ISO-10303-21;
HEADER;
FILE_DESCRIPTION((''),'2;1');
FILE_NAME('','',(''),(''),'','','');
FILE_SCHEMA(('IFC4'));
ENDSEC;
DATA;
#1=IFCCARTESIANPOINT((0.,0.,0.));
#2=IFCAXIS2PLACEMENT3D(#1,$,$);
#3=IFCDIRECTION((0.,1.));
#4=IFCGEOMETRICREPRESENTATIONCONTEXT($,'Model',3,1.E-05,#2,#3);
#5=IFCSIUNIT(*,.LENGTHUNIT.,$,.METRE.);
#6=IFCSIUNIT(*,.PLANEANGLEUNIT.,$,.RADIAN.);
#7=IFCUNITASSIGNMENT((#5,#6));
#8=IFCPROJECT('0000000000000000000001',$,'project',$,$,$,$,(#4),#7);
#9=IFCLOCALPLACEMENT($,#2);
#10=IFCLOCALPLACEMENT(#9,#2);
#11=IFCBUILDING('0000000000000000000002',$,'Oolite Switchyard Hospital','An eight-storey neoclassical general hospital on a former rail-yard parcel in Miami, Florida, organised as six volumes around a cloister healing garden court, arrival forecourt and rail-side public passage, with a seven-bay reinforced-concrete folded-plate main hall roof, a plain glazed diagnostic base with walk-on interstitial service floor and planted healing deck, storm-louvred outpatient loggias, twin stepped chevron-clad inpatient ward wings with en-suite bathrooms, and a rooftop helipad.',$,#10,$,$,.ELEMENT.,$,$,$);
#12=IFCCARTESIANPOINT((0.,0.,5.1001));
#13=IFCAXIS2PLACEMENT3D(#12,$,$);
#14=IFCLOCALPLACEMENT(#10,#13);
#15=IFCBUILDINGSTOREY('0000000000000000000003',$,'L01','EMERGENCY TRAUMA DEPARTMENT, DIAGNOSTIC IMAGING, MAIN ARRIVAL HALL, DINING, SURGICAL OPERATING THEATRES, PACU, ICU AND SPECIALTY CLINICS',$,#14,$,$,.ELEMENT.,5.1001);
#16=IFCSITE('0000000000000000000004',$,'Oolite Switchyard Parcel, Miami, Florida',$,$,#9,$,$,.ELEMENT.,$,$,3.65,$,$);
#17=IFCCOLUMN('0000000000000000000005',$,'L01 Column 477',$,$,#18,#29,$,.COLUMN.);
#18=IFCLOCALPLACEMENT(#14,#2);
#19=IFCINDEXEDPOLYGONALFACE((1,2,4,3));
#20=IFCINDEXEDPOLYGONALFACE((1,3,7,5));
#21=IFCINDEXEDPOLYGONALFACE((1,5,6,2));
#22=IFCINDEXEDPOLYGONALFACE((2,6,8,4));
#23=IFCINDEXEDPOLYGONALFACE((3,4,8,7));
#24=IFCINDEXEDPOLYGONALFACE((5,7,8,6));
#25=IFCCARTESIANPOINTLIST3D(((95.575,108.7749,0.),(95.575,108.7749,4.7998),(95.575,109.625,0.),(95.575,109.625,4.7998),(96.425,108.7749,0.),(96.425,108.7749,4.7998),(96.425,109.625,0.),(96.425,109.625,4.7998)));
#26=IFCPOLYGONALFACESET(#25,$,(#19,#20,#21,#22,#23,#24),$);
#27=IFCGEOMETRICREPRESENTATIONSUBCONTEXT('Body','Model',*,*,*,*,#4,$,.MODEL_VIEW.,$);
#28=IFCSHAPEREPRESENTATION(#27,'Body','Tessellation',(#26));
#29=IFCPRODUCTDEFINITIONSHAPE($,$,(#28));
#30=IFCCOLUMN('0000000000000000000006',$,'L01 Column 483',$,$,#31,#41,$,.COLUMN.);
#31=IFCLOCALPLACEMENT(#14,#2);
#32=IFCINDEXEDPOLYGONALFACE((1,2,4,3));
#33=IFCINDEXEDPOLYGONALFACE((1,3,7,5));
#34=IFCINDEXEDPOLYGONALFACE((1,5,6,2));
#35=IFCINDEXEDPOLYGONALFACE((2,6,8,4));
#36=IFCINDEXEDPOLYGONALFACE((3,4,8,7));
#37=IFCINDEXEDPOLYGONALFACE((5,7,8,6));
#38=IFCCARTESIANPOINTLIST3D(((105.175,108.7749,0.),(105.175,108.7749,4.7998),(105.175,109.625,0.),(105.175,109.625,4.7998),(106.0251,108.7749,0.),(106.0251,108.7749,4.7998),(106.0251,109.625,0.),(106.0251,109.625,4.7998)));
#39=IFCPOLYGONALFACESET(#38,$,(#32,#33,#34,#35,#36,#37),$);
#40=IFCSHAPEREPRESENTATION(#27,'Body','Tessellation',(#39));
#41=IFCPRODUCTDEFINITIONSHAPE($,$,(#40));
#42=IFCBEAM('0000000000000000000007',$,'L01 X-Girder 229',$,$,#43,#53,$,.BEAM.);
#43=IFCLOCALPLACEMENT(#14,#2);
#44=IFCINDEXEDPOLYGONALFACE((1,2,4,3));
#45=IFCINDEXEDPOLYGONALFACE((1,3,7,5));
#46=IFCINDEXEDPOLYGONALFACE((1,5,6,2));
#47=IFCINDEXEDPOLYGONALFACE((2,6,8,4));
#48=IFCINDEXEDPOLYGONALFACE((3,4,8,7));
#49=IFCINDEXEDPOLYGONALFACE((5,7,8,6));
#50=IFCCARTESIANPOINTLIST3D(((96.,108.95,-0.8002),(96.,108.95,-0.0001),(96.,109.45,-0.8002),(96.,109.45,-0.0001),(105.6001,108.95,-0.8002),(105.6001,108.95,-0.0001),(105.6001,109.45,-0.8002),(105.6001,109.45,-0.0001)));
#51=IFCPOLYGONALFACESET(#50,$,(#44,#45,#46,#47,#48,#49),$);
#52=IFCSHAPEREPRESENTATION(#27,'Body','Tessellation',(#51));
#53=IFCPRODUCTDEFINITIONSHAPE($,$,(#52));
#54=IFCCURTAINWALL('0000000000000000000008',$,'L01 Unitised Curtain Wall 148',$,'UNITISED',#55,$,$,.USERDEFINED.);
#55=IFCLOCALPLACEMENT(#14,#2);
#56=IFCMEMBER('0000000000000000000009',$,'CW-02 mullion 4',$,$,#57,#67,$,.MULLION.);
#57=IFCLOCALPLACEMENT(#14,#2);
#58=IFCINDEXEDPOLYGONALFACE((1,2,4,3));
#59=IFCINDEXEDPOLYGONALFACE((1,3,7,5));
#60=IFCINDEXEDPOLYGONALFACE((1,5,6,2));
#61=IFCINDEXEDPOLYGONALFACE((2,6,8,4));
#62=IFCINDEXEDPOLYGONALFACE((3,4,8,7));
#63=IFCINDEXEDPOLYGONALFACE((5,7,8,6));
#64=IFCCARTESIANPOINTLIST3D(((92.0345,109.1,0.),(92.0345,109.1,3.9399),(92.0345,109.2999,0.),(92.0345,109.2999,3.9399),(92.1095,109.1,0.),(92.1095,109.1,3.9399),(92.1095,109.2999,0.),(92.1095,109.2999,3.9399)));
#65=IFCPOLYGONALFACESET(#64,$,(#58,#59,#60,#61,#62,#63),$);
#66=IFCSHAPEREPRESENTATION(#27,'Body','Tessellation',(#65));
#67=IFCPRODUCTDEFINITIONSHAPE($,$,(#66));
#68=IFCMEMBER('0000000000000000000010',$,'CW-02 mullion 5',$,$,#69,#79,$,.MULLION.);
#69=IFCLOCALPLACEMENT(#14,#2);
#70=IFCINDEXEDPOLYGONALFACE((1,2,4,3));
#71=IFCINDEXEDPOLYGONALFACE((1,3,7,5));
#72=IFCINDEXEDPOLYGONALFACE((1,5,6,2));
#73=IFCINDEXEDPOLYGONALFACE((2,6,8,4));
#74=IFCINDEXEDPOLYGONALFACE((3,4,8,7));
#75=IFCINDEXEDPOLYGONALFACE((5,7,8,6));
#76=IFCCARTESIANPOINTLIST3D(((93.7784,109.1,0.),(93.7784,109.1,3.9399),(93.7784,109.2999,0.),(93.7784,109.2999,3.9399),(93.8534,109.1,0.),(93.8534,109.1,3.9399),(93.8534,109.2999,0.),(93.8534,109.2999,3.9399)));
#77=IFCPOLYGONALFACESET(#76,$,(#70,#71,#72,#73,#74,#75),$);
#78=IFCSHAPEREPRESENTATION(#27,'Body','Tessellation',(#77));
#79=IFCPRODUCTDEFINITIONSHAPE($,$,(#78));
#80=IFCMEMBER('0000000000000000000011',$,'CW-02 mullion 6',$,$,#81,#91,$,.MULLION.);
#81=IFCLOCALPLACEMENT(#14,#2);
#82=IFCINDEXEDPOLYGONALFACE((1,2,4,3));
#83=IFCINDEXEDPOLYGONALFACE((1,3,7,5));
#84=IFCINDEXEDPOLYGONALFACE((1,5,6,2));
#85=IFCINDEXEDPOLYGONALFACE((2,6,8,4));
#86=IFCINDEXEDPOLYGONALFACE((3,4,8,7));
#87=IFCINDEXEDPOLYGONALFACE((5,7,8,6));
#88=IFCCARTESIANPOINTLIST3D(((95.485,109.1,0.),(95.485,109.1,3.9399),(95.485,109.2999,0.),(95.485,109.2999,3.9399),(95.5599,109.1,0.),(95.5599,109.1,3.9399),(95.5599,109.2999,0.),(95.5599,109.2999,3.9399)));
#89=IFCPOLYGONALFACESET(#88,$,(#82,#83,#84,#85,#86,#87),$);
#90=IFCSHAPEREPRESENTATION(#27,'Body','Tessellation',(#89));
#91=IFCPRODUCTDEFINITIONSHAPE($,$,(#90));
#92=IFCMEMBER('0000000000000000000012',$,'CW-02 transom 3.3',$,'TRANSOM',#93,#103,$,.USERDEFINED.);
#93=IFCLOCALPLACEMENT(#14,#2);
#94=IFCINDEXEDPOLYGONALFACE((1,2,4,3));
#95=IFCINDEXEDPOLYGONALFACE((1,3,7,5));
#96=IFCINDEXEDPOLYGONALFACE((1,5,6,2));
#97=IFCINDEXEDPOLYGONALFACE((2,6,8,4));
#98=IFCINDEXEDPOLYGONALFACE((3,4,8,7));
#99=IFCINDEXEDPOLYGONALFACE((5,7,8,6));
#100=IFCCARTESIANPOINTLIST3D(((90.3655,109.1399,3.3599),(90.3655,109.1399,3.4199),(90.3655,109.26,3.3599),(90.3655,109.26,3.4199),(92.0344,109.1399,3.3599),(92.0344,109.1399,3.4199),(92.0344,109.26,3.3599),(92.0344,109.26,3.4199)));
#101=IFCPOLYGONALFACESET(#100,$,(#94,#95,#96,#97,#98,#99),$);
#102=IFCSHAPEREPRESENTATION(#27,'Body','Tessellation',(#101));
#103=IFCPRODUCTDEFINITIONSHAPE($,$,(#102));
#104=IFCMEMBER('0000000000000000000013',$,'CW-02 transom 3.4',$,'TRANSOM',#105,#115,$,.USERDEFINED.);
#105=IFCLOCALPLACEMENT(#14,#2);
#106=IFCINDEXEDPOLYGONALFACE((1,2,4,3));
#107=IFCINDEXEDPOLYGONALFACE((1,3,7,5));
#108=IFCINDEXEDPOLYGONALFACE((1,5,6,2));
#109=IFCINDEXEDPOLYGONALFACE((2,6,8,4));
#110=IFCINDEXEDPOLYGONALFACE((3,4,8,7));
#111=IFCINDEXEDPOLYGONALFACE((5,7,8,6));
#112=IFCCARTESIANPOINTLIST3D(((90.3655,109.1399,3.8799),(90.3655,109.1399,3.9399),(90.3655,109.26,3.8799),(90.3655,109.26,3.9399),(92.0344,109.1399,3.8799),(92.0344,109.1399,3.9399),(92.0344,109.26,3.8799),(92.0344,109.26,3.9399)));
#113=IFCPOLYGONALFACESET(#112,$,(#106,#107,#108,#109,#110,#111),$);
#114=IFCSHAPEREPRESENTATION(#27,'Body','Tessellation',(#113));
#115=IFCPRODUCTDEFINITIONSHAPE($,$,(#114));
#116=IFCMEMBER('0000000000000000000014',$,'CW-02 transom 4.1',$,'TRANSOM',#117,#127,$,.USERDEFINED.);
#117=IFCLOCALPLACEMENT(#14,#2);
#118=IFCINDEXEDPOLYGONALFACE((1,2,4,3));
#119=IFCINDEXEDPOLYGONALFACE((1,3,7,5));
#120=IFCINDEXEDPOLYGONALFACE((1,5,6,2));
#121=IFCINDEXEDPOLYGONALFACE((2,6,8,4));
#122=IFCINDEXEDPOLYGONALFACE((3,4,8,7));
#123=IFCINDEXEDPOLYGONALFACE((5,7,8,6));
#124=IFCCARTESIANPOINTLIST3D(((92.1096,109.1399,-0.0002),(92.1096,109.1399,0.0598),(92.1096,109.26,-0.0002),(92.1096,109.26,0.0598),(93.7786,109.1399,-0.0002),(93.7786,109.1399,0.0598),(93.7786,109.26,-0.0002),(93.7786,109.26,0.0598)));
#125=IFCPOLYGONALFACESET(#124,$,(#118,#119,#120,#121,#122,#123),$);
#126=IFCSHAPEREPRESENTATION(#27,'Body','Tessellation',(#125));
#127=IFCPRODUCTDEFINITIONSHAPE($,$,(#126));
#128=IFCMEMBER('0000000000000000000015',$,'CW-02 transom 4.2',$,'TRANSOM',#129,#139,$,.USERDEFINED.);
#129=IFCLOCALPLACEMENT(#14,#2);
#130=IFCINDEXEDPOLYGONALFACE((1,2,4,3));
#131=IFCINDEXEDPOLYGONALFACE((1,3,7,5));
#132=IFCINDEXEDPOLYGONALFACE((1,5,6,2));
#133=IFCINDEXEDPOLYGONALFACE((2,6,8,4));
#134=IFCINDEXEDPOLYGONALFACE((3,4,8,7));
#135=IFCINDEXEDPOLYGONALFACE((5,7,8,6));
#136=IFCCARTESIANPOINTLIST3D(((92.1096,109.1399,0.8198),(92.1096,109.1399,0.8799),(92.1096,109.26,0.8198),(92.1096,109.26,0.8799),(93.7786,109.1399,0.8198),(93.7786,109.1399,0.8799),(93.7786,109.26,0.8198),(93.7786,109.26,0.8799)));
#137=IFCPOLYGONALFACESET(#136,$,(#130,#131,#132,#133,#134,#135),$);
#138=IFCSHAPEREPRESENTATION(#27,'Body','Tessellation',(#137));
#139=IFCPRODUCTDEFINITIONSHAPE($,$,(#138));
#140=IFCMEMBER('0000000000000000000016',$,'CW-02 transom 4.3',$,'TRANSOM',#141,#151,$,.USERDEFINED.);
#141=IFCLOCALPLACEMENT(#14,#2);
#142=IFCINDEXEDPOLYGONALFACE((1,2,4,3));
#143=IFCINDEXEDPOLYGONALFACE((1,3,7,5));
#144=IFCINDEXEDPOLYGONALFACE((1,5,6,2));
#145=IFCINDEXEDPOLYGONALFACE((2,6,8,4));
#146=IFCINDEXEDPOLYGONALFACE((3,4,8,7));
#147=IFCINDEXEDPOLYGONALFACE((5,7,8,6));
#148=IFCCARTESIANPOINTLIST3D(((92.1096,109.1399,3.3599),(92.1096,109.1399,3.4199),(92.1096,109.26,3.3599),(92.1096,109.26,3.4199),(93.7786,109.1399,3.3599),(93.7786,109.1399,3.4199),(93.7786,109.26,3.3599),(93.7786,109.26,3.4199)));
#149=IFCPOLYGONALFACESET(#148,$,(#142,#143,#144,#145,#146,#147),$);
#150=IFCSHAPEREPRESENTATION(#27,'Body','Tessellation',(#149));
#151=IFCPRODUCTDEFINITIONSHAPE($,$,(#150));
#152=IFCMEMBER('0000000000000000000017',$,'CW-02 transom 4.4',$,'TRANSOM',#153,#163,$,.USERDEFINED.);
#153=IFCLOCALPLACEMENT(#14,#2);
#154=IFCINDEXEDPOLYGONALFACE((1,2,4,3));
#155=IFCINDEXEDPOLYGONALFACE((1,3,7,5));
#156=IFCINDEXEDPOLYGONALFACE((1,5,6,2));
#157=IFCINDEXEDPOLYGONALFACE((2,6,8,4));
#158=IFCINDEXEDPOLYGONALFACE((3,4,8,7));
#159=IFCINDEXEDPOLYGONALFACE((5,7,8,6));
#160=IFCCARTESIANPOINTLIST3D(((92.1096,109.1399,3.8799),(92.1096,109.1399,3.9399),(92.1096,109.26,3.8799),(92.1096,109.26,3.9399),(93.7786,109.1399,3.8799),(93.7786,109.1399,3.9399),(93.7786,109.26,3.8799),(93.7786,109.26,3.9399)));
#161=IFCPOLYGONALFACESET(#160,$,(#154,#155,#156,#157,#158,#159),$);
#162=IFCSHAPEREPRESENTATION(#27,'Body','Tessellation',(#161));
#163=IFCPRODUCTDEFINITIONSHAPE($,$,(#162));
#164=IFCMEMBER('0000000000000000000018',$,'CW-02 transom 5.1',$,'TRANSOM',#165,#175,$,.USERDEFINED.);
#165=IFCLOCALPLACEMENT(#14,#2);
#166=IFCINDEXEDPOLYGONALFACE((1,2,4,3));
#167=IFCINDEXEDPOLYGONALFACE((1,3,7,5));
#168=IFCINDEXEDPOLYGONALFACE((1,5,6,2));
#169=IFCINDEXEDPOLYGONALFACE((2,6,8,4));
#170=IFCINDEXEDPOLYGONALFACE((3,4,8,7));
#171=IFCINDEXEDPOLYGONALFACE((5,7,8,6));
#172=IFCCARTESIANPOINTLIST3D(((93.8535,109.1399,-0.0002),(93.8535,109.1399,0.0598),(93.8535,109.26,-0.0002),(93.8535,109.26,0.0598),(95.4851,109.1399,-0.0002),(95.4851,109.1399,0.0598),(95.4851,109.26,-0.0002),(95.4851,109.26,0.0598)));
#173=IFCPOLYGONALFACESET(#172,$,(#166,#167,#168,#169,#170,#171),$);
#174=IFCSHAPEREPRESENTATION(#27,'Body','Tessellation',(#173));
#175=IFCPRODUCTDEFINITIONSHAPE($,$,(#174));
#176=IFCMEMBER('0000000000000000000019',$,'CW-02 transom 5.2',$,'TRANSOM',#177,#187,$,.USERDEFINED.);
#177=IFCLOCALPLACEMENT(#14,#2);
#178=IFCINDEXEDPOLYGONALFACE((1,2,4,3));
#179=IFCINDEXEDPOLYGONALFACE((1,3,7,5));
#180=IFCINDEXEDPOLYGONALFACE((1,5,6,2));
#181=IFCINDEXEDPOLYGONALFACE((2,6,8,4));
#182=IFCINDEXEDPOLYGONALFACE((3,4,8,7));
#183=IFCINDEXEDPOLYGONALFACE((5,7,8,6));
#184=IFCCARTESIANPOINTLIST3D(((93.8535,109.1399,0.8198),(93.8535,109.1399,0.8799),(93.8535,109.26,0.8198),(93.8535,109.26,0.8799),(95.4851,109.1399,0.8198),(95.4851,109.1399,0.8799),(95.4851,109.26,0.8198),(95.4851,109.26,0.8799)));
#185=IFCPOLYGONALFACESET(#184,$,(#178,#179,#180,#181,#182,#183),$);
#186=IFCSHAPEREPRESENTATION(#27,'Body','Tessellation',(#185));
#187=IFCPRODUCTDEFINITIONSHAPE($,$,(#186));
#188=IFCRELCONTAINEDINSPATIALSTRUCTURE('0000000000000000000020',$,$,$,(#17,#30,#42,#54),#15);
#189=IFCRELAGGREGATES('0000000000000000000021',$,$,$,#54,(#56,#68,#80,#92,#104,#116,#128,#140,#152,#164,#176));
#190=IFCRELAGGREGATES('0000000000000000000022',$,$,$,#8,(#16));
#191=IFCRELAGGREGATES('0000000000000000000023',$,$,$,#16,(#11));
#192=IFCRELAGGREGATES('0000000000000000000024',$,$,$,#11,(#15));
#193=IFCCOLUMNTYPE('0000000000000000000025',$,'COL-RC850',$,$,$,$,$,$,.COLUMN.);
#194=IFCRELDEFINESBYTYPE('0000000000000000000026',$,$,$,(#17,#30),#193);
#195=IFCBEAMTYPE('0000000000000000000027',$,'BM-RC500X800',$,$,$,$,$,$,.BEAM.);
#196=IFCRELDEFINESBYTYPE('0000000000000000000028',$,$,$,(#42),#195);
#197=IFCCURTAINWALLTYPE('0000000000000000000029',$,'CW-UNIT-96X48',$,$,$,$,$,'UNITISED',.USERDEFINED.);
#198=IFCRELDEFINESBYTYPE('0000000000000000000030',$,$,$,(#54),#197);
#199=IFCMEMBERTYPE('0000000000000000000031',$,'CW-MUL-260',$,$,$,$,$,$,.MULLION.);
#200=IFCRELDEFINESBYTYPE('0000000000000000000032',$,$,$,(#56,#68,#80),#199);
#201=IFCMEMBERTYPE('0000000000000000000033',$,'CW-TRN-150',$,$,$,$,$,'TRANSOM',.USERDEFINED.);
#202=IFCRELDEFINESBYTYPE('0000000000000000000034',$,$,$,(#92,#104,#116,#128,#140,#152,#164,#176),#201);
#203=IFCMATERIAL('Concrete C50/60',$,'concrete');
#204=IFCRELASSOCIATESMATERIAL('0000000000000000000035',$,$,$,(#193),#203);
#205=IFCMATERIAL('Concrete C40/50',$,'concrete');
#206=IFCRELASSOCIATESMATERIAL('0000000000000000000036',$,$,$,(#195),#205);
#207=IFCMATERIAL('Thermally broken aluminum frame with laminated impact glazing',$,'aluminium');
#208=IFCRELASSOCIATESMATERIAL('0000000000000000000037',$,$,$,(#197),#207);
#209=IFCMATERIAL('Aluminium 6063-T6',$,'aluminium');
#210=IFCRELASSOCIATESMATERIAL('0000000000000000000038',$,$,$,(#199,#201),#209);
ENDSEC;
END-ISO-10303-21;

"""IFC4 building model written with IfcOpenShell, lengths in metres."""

from ifc_helpers import new_model, si_unit, direction, frame, origin, origin_2d, place, context, subcontext, project, spatial, rectangle, extrude, material, material_profile, profile_set, type_object, element, aggregate, save


model = new_model("IFC4")

# Units and contexts
model_context = context("Model", 3, precision=1e-05, world=origin(), true_north=direction((0.0, 1.0)))
body_context = subcontext(model_context, "Body", "Model", "MODEL_VIEW")
ifc_project = project(units=[si_unit("LENGTHUNIT", "METRE"), si_unit("PLANEANGLEUNIT", "RADIAN")], contexts=[model_context])

# Site, building, storey
site_placement = place(None, origin())
site = spatial("IfcSite", under=ifc_project, at=site_placement, Name="Oolite Switchyard Parcel, Miami, Florida", CompositionType="ELEMENT", RefElevation=3.65)
building_placement = place(site_placement, origin())
building = spatial("IfcBuilding", under=site, at=building_placement, Name="Oolite Switchyard Hospital", Description="An eight-storey neoclassical general hospital on a former rail-yard parcel in Miami, Florida, organised as six volumes around a cloister healing garden court, arrival forecourt and rail-side public passage, with a seven-bay reinforced-concrete folded-plate main hall roof, a plain glazed diagnostic base with walk-on interstitial service floor and planted healing deck, storm-louvred outpatient loggias, twin stepped chevron-clad inpatient ward wings with en-suite bathrooms, and a rooftop helipad.", CompositionType="ELEMENT")
storey_placement = place(building_placement, frame((0.0, 0.0, 5.1001)))
storey = spatial("IfcBuildingStorey", under=building, at=storey_placement, Name="L01", Description="EMERGENCY TRAUMA DEPARTMENT, DIAGNOSTIC IMAGING, MAIN ARRIVAL HALL, DINING, SURGICAL OPERATING THEATRES, PACU, ICU AND SPECIALTY CLINICS", CompositionType="ELEMENT", Elevation=5.1001)

# Columns
ifc_material_1 = material(Name="Concrete C50/60", Category="concrete")
ifc_material_profile_1 = material_profile(ifc_material_1, rectangle(XDim=0.8501, YDim=0.8501, at=origin_2d()), Name="RC850X850")
ifc_profile_set_1 = profile_set([ifc_material_profile_1], Name="Concrete C50/60")
column_type = type_object("IfcColumnType", Name="COL-RC850", PredefinedType="COLUMN", material=ifc_profile_set_1)
for number, where, z_axis, x_axis, name in (
    (1, (96.0, 109.2, 0.0), (0.0, 0.0, 1.0), (1.0, 0.0, 0.0), "L01 Column 477"),
    (2, (105.6001, 109.2, 0.0), (0.0, 0.0, 1.0), (1.0, 0.0, 0.0), "L01 Column 483"),
):
    element("IfcColumn", number, at=place(storey_placement, frame(where, z_axis=z_axis, x_axis=x_axis)), inside=storey, type_object=column_type, Name=name, PredefinedType="COLUMN", context=body_context, shape_type="SweptSolid", body=[
        extrude(rectangle(XDim=0.8501, YDim=0.8501, at=origin_2d()), origin(), (0.0, 0.0, 1.0), 4.7998),
    ])

# Beam
ifc_material_2 = material(Name="Concrete C40/50", Category="concrete")
ifc_material_profile_2 = material_profile(ifc_material_2, rectangle(XDim=0.5, YDim=0.8, at=origin_2d()), Name="RCB500X800")
ifc_profile_set_2 = profile_set([ifc_material_profile_2], Name="Concrete C40/50")
beam_type = type_object("IfcBeamType", Name="BM-RC500X800", PredefinedType="BEAM", material=ifc_profile_set_2)
beam_placement = place(storey_placement, frame((96.0, 109.2, -0.4001), z_axis=(1.0, 0.0, 0.0), x_axis=(0.0, 1.0, 0.0)))
element("IfcBeam", 3, at=beam_placement, inside=storey, type_object=beam_type, Name="L01 X-Girder 229", PredefinedType="BEAM", context=body_context, shape_type="SweptSolid", body=[
    extrude(rectangle(XDim=0.5, YDim=0.8, at=origin_2d()), origin(), (0.0, 0.0, 1.0), 9.6001),
])

# Curtain wall, members
ifc_material_3 = material(Name="Thermally broken aluminum frame with laminated impact glazing", Category="aluminium")
curtain_wall_type = type_object("IfcCurtainWallType", Name="CW-UNIT-96X48", ElementType="UNITISED", PredefinedType="USERDEFINED", material=ifc_material_3)
curtain_wall_placement = place(storey_placement, origin())
curtain_wall = element("IfcCurtainWall", 4, at=curtain_wall_placement, inside=storey, type_object=curtain_wall_type, Name="L01 Unitised Curtain Wall 148", ObjectType="UNITISED", PredefinedType="USERDEFINED")
ifc_material_4 = material(Name="Aluminium 6063-T6", Category="aluminium")
ifc_material_profile_3 = material_profile(ifc_material_4, rectangle(XDim=0.2, YDim=0.075, at=origin_2d()), Name="CWM75X200")
ifc_profile_set_3 = profile_set([ifc_material_profile_3], Name="Aluminium 6063-T6")
member_type_1 = type_object("IfcMemberType", Name="CW-MUL-260", PredefinedType="MULLION", material=ifc_profile_set_3)
member_1_placement = place(storey_placement, frame((92.072, 109.2, 0.0), z_axis=(0.0, 0.0, 1.0), x_axis=(0.0, 1.0, 0.0)))
member_1 = element("IfcMember", 5, at=member_1_placement, type_object=member_type_1, Name="CW-02 mullion 4", PredefinedType="MULLION", context=body_context, shape_type="SweptSolid", body=[
    extrude(rectangle(XDim=0.2, YDim=0.075, at=origin_2d()), origin(), (0.0, 0.0, 1.0), 3.9399),
])
member_2_placement = place(storey_placement, frame((93.8159, 109.2, 0.0), z_axis=(0.0, 0.0, 1.0), x_axis=(0.0, 1.0, 0.0)))
member_2 = element("IfcMember", 6, at=member_2_placement, type_object=member_type_1, Name="CW-02 mullion 5", PredefinedType="MULLION", context=body_context, shape_type="SweptSolid", body=[
    extrude(rectangle(XDim=0.2, YDim=0.075, at=origin_2d()), origin(), (0.0, 0.0, 1.0), 3.9399),
])
member_3_placement = place(storey_placement, frame((95.5225, 109.2, 0.0), z_axis=(0.0, 0.0, 1.0), x_axis=(0.0, 1.0, 0.0)))
member_3 = element("IfcMember", 7, at=member_3_placement, type_object=member_type_1, Name="CW-02 mullion 6", PredefinedType="MULLION", context=body_context, shape_type="SweptSolid", body=[
    extrude(rectangle(XDim=0.2, YDim=0.075, at=origin_2d()), origin(), (0.0, 0.0, 1.0), 3.9399),
])
ifc_material_profile_4 = material_profile(ifc_material_4, rectangle(XDim=0.1201, YDim=0.0601, at=origin_2d()), Name="CWT60X120")
ifc_profile_set_4 = profile_set([ifc_material_profile_4], Name="Aluminium 6063-T6")
member_type_2 = type_object("IfcMemberType", Name="CW-TRN-150", ElementType="TRANSOM", PredefinedType="USERDEFINED", material=ifc_profile_set_4)
member_4_placement = place(storey_placement, frame((90.3655, 109.2, 3.3899), z_axis=(1.0, 0.0, 0.0), x_axis=(0.0, 1.0, 0.0)))
member_4 = element("IfcMember", 8, at=member_4_placement, type_object=member_type_2, Name="CW-02 transom 3.3", ObjectType="TRANSOM", PredefinedType="USERDEFINED", context=body_context, shape_type="SweptSolid", body=[
    extrude(rectangle(XDim=0.1201, YDim=0.0601, at=origin_2d()), origin(), (0.0, 0.0, 1.0), 1.6689),
])
member_5_placement = place(storey_placement, frame((90.3655, 109.2, 3.9099), z_axis=(1.0, 0.0, 0.0), x_axis=(0.0, 1.0, 0.0)))
member_5 = element("IfcMember", 9, at=member_5_placement, type_object=member_type_2, Name="CW-02 transom 3.4", ObjectType="TRANSOM", PredefinedType="USERDEFINED", context=body_context, shape_type="SweptSolid", body=[
    extrude(rectangle(XDim=0.1201, YDim=0.0601, at=origin_2d()), origin(), (0.0, 0.0, 1.0), 1.6689),
])
member_6_placement = place(storey_placement, frame((92.1096, 109.2, 0.0298), z_axis=(1.0, 0.0, 0.0), x_axis=(0.0, 1.0, 0.0)))
member_6 = element("IfcMember", 10, at=member_6_placement, type_object=member_type_2, Name="CW-02 transom 4.1", ObjectType="TRANSOM", PredefinedType="USERDEFINED", context=body_context, shape_type="SweptSolid", body=[
    extrude(rectangle(XDim=0.1201, YDim=0.0601, at=origin_2d()), origin(), (0.0, 0.0, 1.0), 1.6689),
])
member_7_placement = place(storey_placement, frame((92.1096, 109.2, 0.8499), z_axis=(1.0, 0.0, 0.0), x_axis=(0.0, 1.0, 0.0)))
member_7 = element("IfcMember", 11, at=member_7_placement, type_object=member_type_2, Name="CW-02 transom 4.2", ObjectType="TRANSOM", PredefinedType="USERDEFINED", context=body_context, shape_type="SweptSolid", body=[
    extrude(rectangle(XDim=0.1201, YDim=0.0601, at=origin_2d()), origin(), (0.0, 0.0, 1.0), 1.6689),
])
member_8_placement = place(storey_placement, frame((92.1096, 109.2, 3.3899), z_axis=(1.0, 0.0, 0.0), x_axis=(0.0, 1.0, 0.0)))
member_8 = element("IfcMember", 12, at=member_8_placement, type_object=member_type_2, Name="CW-02 transom 4.3", ObjectType="TRANSOM", PredefinedType="USERDEFINED", context=body_context, shape_type="SweptSolid", body=[
    extrude(rectangle(XDim=0.1201, YDim=0.0601, at=origin_2d()), origin(), (0.0, 0.0, 1.0), 1.6689),
])
member_9_placement = place(storey_placement, frame((92.1096, 109.2, 3.9099), z_axis=(1.0, 0.0, 0.0), x_axis=(0.0, 1.0, 0.0)))
member_9 = element("IfcMember", 13, at=member_9_placement, type_object=member_type_2, Name="CW-02 transom 4.4", ObjectType="TRANSOM", PredefinedType="USERDEFINED", context=body_context, shape_type="SweptSolid", body=[
    extrude(rectangle(XDim=0.1201, YDim=0.0601, at=origin_2d()), origin(), (0.0, 0.0, 1.0), 1.6689),
])
member_10_placement = place(storey_placement, frame((93.8535, 109.2, 0.0298), z_axis=(1.0, 0.0, 0.0), x_axis=(0.0, 1.0, 0.0)))
member_10 = element("IfcMember", 14, at=member_10_placement, type_object=member_type_2, Name="CW-02 transom 5.1", ObjectType="TRANSOM", PredefinedType="USERDEFINED", context=body_context, shape_type="SweptSolid", body=[
    extrude(rectangle(XDim=0.1201, YDim=0.0601, at=origin_2d()), origin(), (0.0, 0.0, 1.0), 1.6316),
])
member_11_placement = place(storey_placement, frame((93.8535, 109.2, 0.8499), z_axis=(1.0, 0.0, 0.0), x_axis=(0.0, 1.0, 0.0)))
member_11 = element("IfcMember", 15, at=member_11_placement, type_object=member_type_2, Name="CW-02 transom 5.2", ObjectType="TRANSOM", PredefinedType="USERDEFINED", context=body_context, shape_type="SweptSolid", body=[
    extrude(rectangle(XDim=0.1201, YDim=0.0601, at=origin_2d()), origin(), (0.0, 0.0, 1.0), 1.6316),
])
aggregate(curtain_wall, [member_1, member_2, member_3, member_4, member_5, member_6, member_7, member_8, member_9, member_10, member_11])

save(model, "model.ifc")
